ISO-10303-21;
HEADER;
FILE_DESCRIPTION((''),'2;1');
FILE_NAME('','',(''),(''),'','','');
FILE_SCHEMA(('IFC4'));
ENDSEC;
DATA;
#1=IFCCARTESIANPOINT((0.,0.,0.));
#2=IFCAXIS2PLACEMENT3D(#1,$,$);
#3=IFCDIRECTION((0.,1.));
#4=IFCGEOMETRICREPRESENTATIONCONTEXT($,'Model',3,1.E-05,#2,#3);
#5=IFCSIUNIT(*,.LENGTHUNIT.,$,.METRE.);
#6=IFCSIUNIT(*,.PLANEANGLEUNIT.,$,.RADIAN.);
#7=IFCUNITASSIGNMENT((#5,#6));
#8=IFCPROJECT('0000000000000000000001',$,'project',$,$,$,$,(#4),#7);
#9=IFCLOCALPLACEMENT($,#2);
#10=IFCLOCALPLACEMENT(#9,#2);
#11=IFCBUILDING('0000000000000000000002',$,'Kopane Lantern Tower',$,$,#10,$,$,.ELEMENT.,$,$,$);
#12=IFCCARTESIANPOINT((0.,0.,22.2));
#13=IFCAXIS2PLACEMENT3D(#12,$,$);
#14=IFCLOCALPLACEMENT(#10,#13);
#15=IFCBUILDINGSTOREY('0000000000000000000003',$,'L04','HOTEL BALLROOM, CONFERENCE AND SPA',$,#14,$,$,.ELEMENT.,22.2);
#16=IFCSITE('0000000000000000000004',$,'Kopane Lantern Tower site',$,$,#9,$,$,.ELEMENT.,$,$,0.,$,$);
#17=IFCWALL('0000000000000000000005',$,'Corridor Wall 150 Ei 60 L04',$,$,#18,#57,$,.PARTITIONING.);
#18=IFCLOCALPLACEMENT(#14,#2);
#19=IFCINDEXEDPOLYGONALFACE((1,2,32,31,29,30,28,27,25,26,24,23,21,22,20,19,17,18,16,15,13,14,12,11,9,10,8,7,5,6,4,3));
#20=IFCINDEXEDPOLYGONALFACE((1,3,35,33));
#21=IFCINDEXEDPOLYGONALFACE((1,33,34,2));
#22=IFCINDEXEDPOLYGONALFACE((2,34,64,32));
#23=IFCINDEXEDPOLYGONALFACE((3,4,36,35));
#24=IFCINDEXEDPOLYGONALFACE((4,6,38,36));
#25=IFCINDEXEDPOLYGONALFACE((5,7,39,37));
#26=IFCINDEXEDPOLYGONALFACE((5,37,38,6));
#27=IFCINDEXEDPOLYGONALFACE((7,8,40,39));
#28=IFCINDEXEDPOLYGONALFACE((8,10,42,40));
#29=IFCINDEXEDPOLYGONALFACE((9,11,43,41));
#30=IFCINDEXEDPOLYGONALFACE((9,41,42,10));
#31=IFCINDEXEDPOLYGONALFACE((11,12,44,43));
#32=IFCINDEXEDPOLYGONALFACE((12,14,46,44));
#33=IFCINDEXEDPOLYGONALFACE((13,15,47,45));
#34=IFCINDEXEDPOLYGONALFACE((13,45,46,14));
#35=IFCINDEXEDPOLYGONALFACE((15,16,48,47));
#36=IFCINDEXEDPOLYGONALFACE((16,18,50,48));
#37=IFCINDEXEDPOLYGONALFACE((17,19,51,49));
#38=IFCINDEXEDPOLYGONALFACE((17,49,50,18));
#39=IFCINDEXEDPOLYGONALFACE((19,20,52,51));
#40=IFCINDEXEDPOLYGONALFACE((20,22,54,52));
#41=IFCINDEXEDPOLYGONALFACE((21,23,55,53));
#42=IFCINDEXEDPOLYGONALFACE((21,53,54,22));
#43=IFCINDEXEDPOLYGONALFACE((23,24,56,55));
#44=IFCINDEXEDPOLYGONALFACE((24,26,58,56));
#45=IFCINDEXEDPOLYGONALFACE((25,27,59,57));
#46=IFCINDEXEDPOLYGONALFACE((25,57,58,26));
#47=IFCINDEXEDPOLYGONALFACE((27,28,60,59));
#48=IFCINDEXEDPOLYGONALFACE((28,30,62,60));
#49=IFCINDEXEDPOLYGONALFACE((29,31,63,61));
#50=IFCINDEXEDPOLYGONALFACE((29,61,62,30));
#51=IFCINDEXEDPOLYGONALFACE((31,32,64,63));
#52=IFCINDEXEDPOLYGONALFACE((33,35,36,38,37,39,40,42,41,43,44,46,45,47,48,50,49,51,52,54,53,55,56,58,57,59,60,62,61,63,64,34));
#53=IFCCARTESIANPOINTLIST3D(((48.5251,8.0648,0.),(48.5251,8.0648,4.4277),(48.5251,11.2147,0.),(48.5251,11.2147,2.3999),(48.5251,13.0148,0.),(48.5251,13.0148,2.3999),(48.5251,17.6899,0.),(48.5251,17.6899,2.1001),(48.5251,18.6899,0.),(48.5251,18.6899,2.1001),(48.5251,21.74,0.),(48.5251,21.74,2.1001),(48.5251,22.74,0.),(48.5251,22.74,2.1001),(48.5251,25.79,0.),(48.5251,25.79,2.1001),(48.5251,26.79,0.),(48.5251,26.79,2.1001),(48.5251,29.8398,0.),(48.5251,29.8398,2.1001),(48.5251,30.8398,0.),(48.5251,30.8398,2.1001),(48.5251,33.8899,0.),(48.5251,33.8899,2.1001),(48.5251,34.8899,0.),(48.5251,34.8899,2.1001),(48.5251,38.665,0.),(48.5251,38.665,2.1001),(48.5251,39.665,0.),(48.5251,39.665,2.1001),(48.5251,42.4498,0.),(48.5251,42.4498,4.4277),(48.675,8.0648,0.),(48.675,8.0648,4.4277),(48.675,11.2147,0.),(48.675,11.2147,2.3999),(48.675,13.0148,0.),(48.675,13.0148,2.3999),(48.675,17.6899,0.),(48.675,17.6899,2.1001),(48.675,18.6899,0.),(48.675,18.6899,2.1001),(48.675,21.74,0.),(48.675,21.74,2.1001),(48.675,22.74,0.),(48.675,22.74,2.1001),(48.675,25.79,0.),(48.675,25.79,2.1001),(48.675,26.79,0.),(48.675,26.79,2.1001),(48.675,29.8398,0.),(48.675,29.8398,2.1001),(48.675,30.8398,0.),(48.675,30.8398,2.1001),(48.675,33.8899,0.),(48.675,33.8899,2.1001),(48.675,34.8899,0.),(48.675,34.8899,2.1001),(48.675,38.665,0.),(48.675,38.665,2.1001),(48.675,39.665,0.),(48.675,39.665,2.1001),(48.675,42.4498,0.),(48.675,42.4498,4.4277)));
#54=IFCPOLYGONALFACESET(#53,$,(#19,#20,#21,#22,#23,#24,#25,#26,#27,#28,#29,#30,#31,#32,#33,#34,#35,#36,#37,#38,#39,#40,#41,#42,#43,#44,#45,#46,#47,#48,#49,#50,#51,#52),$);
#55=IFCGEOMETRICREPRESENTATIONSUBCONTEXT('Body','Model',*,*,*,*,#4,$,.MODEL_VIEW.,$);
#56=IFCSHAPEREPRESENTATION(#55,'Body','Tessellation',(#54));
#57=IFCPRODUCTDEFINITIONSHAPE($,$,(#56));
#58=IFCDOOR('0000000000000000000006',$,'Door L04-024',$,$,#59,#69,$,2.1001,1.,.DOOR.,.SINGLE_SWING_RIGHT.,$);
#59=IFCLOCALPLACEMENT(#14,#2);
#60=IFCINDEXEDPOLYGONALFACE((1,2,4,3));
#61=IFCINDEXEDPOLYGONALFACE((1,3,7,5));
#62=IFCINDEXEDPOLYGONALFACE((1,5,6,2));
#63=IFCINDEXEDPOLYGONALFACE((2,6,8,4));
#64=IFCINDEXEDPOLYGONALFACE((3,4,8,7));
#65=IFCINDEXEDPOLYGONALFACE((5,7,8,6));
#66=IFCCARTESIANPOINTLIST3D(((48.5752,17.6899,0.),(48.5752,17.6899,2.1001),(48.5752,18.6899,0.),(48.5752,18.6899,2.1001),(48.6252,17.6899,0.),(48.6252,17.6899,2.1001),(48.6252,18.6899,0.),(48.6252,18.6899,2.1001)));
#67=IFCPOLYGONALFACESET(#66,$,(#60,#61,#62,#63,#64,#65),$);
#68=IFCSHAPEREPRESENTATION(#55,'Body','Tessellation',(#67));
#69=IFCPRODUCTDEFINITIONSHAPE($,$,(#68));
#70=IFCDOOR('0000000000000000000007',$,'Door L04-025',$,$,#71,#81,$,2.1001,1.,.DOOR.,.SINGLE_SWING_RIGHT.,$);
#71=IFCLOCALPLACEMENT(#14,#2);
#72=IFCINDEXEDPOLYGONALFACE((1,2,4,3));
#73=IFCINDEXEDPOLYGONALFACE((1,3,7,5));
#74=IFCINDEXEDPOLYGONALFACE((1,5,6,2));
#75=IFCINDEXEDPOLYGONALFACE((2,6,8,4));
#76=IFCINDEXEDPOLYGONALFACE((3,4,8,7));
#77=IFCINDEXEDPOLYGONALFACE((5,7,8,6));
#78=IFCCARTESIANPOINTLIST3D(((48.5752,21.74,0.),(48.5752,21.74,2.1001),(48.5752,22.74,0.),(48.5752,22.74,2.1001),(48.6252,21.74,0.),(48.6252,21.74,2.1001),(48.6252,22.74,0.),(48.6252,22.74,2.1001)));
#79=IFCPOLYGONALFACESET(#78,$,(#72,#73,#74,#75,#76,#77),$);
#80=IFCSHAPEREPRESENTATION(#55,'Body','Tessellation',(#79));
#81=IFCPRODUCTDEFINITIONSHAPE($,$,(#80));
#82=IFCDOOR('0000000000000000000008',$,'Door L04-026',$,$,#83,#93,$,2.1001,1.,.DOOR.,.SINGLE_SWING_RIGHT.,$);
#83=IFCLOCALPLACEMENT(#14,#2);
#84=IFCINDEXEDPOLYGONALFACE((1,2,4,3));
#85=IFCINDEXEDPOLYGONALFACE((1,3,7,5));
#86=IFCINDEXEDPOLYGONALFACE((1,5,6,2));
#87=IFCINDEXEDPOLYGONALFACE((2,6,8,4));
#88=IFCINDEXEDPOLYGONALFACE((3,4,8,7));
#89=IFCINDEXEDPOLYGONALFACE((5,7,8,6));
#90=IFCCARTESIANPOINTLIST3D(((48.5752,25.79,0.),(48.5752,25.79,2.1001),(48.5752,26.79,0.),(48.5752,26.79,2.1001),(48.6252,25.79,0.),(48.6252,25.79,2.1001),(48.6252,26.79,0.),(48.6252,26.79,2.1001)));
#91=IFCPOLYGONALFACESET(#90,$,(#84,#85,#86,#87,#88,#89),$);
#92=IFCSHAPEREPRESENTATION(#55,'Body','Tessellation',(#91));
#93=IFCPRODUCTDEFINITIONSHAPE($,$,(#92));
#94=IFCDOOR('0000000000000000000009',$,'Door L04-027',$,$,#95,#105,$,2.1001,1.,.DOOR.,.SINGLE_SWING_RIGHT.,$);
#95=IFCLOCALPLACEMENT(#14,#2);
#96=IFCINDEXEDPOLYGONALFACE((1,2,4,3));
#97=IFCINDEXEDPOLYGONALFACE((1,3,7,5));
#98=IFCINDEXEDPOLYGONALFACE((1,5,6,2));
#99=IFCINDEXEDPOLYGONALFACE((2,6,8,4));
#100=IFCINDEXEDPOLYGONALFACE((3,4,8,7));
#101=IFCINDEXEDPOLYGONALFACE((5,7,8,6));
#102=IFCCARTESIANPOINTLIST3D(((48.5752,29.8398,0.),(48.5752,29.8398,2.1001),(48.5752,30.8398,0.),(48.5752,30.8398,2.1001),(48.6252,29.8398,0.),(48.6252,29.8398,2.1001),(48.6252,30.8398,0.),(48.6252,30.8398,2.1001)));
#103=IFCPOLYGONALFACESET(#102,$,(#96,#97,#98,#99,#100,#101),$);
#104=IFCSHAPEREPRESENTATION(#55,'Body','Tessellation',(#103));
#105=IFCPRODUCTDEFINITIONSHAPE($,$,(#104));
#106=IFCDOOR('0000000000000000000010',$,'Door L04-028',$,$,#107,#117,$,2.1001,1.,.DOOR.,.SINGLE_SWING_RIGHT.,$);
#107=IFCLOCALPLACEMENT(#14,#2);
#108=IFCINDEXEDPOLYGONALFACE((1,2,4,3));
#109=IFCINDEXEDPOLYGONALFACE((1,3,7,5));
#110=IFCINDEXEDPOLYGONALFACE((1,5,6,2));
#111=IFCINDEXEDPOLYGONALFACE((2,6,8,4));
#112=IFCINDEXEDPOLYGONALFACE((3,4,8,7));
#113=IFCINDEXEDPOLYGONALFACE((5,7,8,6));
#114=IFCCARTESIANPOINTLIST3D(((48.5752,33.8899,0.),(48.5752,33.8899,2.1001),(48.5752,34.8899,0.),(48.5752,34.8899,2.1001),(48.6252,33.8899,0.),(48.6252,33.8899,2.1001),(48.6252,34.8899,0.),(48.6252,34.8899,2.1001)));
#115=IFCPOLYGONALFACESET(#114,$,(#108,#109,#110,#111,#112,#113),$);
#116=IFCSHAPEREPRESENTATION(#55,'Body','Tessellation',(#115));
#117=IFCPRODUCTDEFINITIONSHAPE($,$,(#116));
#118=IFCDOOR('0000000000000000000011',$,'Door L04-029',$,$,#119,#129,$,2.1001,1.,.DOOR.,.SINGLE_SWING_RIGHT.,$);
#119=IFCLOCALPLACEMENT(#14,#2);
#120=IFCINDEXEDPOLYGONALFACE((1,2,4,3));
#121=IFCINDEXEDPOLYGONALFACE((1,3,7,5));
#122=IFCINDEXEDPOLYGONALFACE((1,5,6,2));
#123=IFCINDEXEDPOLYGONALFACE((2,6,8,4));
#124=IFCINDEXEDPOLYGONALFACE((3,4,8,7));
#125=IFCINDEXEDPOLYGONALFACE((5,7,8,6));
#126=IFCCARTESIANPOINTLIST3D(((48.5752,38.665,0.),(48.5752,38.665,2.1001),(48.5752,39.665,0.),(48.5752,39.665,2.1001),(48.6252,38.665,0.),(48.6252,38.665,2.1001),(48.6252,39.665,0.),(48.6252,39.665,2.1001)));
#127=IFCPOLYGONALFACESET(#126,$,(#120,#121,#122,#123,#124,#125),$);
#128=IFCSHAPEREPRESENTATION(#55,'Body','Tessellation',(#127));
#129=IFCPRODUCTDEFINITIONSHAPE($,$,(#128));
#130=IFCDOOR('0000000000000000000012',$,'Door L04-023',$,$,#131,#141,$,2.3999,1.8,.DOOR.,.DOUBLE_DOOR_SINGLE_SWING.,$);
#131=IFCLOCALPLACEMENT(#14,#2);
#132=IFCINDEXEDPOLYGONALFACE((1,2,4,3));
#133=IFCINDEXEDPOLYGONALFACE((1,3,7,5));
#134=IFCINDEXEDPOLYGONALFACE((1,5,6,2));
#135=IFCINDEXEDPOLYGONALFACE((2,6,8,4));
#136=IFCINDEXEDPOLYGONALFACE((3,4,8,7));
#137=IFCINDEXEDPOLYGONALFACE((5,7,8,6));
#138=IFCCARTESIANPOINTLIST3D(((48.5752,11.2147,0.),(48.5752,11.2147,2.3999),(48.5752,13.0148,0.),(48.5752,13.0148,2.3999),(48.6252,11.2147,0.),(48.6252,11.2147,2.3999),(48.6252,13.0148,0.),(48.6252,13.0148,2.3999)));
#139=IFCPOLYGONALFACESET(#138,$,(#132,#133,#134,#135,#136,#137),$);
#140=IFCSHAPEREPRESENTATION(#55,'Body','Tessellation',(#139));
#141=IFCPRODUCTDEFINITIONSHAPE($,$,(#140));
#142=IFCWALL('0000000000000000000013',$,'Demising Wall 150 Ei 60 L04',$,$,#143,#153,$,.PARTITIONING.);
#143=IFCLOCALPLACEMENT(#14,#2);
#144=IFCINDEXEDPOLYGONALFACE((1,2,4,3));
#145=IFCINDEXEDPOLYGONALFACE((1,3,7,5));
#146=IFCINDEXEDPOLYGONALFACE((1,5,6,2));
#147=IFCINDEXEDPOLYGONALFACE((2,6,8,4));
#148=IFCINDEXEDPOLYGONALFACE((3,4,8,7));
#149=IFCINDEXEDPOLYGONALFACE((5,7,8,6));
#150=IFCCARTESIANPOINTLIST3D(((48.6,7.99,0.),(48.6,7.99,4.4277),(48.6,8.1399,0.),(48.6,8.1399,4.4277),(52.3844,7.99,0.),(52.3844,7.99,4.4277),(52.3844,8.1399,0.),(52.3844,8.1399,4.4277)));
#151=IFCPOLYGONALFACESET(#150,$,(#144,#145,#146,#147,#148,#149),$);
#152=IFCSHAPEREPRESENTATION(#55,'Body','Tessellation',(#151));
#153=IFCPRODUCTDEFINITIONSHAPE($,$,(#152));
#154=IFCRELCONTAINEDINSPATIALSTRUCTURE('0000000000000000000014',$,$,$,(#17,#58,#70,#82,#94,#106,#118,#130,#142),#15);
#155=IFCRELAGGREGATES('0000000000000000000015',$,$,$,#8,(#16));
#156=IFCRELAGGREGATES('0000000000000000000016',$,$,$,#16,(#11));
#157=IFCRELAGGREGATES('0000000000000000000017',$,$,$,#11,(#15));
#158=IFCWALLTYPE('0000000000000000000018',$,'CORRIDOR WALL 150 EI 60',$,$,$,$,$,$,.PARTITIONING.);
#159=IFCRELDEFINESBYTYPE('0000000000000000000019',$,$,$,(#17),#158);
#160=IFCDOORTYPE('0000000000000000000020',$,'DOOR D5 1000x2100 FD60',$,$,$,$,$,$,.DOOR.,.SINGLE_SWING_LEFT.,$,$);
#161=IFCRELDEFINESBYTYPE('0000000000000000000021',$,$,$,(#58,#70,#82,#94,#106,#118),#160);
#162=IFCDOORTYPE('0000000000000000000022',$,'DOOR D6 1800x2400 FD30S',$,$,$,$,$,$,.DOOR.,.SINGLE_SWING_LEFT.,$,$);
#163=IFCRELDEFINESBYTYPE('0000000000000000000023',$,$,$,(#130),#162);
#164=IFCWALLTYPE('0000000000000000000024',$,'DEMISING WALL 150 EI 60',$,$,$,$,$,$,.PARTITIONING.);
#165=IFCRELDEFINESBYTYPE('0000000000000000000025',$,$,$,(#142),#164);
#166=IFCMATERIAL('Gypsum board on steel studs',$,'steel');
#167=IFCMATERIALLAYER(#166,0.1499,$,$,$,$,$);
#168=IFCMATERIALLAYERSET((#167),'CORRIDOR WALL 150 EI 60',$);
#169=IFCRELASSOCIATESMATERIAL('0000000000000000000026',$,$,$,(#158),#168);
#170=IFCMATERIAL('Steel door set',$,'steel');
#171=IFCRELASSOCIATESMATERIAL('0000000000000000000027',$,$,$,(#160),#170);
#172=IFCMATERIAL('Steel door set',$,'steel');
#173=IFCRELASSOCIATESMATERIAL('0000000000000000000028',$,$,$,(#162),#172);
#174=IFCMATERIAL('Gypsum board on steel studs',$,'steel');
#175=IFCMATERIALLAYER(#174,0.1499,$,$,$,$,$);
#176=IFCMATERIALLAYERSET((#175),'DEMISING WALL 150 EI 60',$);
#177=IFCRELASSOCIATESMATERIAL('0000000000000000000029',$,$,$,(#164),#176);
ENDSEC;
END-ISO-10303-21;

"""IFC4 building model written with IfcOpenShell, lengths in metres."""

from ifc_helpers import new_model, si_unit, direction, frame, frame_2d, origin, place, context, subcontext, project, spatial, rectangle, extrude, material, layer, layer_set, type_object, element, fill, save


model = new_model("IFC4")

# Units and contexts
model_context = context("Model", 3, precision=1e-05, world=origin(), true_north=direction((0.0, 1.0)))
body_context = subcontext(model_context, "Body", "Model", "MODEL_VIEW")
ifc_project = project(units=[si_unit("LENGTHUNIT", "METRE"), si_unit("PLANEANGLEUNIT", "RADIAN")], contexts=[model_context])

# Site, building, storey
site_placement = place(None, origin())
site = spatial("IfcSite", under=ifc_project, at=site_placement, Name="Kopane Lantern Tower site", CompositionType="ELEMENT", RefElevation=0.0)
building_placement = place(site_placement, origin())
building = spatial("IfcBuilding", under=site, at=building_placement, Name="Kopane Lantern Tower", CompositionType="ELEMENT")
storey_placement = place(building_placement, frame((0.0, 0.0, 22.2)))
storey = spatial("IfcBuildingStorey", under=building, at=storey_placement, Name="L04", Description="HOTEL BALLROOM, CONFERENCE AND SPA", CompositionType="ELEMENT", Elevation=22.2)

# Wall, openings, doors
ifc_material_1 = material(Name="Gypsum board on steel studs", Category="steel")
ifc_layer_1 = layer(ifc_material_1, 0.1499)
ifc_layer_set_1 = layer_set([ifc_layer_1], Name="CORRIDOR WALL 150 EI 60")
wall_type_1 = type_object("IfcWallType", Name="CORRIDOR WALL 150 EI 60", PredefinedType="PARTITIONING", material=ifc_layer_set_1)
wall_1_placement = place(storey_placement, frame((48.6001, 8.0649, 0.0), z_axis=(0.0, 0.0, 1.0), x_axis=(0.0, 1.0, 0.0)))
wall_1 = element("IfcWall", 1, at=wall_1_placement, inside=storey, type_object=wall_type_1, Name="Corridor Wall 150 Ei 60 L04", PredefinedType="PARTITIONING", context=body_context, shape_type="SweptSolid", body=[
    extrude(rectangle(XDim=34.385, YDim=0.1499, at=frame_2d((17.1924, 0.0))), origin(), (0.0, 0.0, 1.0), 4.4277),
])
opening_1_placement = place(wall_1_placement, frame((3.1499, 0.0, 0.0)))
opening_1 = element("IfcOpeningElement", 2, at=opening_1_placement, cuts=wall_1, PredefinedType="OPENING", context=body_context, shape_type="SweptSolid", body=[
    extrude(rectangle(XDim=1.8, YDim=2.3999, at=frame_2d((0.8999, 1.2))), frame((0.0, 0.085, 0.0), z_axis=(0.0, -1.0, 0.0), x_axis=(1.0, 0.0, 0.0)), (0.0, 0.0, 1.0), 0.1699),
])
opening_2_placement = place(wall_1_placement, frame((9.625, 0.0, 0.0)))
opening_2 = element("IfcOpeningElement", 3, at=opening_2_placement, cuts=wall_1, PredefinedType="OPENING", context=body_context, shape_type="SweptSolid", body=[
    extrude(rectangle(XDim=1.0, YDim=2.1001, at=frame_2d((0.5, 1.05))), frame((0.0, 0.085, 0.0), z_axis=(0.0, -1.0, 0.0), x_axis=(1.0, 0.0, 0.0)), (0.0, 0.0, 1.0), 0.1699),
])
opening_3_placement = place(wall_1_placement, frame((13.675, 0.0, 0.0)))
opening_3 = element("IfcOpeningElement", 4, at=opening_3_placement, cuts=wall_1, PredefinedType="OPENING", context=body_context, shape_type="SweptSolid", body=[
    extrude(rectangle(XDim=1.0, YDim=2.1001, at=frame_2d((0.5, 1.05))), frame((0.0, 0.085, 0.0), z_axis=(0.0, -1.0, 0.0), x_axis=(1.0, 0.0, 0.0)), (0.0, 0.0, 1.0), 0.1699),
])
opening_4_placement = place(wall_1_placement, frame((17.7251, 0.0, 0.0)))
opening_4 = element("IfcOpeningElement", 5, at=opening_4_placement, cuts=wall_1, PredefinedType="OPENING", context=body_context, shape_type="SweptSolid", body=[
    extrude(rectangle(XDim=1.0, YDim=2.1001, at=frame_2d((0.5, 1.05))), frame((0.0, 0.085, 0.0), z_axis=(0.0, -1.0, 0.0), x_axis=(1.0, 0.0, 0.0)), (0.0, 0.0, 1.0), 0.1699),
])
opening_5_placement = place(wall_1_placement, frame((21.7749, 0.0, 0.0)))
opening_5 = element("IfcOpeningElement", 6, at=opening_5_placement, cuts=wall_1, PredefinedType="OPENING", context=body_context, shape_type="SweptSolid", body=[
    extrude(rectangle(XDim=1.0, YDim=2.1001, at=frame_2d((0.5, 1.05))), frame((0.0, 0.085, 0.0), z_axis=(0.0, -1.0, 0.0), x_axis=(1.0, 0.0, 0.0)), (0.0, 0.0, 1.0), 0.1699),
])
opening_6_placement = place(wall_1_placement, frame((25.825, 0.0, 0.0)))
opening_6 = element("IfcOpeningElement", 7, at=opening_6_placement, cuts=wall_1, PredefinedType="OPENING", context=body_context, shape_type="SweptSolid", body=[
    extrude(rectangle(XDim=1.0, YDim=2.1001, at=frame_2d((0.5, 1.05))), frame((0.0, 0.085, 0.0), z_axis=(0.0, -1.0, 0.0), x_axis=(1.0, 0.0, 0.0)), (0.0, 0.0, 1.0), 0.1699),
])
opening_7_placement = place(wall_1_placement, frame((30.6001, 0.0, 0.0)))
opening_7 = element("IfcOpeningElement", 8, at=opening_7_placement, cuts=wall_1, PredefinedType="OPENING", context=body_context, shape_type="SweptSolid", body=[
    extrude(rectangle(XDim=1.0, YDim=2.1001, at=frame_2d((0.5, 1.05))), frame((0.0, 0.085, 0.0), z_axis=(0.0, -1.0, 0.0), x_axis=(1.0, 0.0, 0.0)), (0.0, 0.0, 1.0), 0.1699),
])
ifc_material_2 = material(Name="Steel door set", Category="steel")
door_type_1 = type_object("IfcDoorType", Name="DOOR D5 1000x2100 FD60", OperationType="SINGLE_SWING_LEFT", PredefinedType="DOOR", material=ifc_material_2)
door_1_placement = place(opening_2_placement, origin())
door_1 = element("IfcDoor", 9, at=door_1_placement, inside=storey, type_object=door_type_1, Name="Door L04-024", OperationType="SINGLE_SWING_RIGHT", OverallHeight=2.1001, OverallWidth=1.0, PredefinedType="DOOR", context=body_context, shape_type="SweptSolid", body=[
    extrude(rectangle(XDim=1.0, YDim=2.1001, at=frame_2d((0.5, 1.05))), frame((0.0, 0.0249, 0.0), z_axis=(0.0, -1.0, 0.0), x_axis=(1.0, 0.0, 0.0)), (0.0, 0.0, 1.0), 0.05),
])
fill(opening_2, door_1)
door_2_placement = place(opening_3_placement, origin())
door_2 = element("IfcDoor", 10, at=door_2_placement, inside=storey, type_object=door_type_1, Name="Door L04-025", OperationType="SINGLE_SWING_RIGHT", OverallHeight=2.1001, OverallWidth=1.0, PredefinedType="DOOR", context=body_context, shape_type="SweptSolid", body=[
    extrude(rectangle(XDim=1.0, YDim=2.1001, at=frame_2d((0.5, 1.05))), frame((0.0, 0.0249, 0.0), z_axis=(0.0, -1.0, 0.0), x_axis=(1.0, 0.0, 0.0)), (0.0, 0.0, 1.0), 0.05),
])
fill(opening_3, door_2)
door_3_placement = place(opening_4_placement, origin())
door_3 = element("IfcDoor", 11, at=door_3_placement, inside=storey, type_object=door_type_1, Name="Door L04-026", OperationType="SINGLE_SWING_RIGHT", OverallHeight=2.1001, OverallWidth=1.0, PredefinedType="DOOR", context=body_context, shape_type="SweptSolid", body=[
    extrude(rectangle(XDim=1.0, YDim=2.1001, at=frame_2d((0.5, 1.05))), frame((0.0, 0.0249, 0.0), z_axis=(0.0, -1.0, 0.0), x_axis=(1.0, 0.0, 0.0)), (0.0, 0.0, 1.0), 0.05),
])
fill(opening_4, door_3)
door_4_placement = place(opening_5_placement, origin())
door_4 = element("IfcDoor", 12, at=door_4_placement, inside=storey, type_object=door_type_1, Name="Door L04-027", OperationType="SINGLE_SWING_RIGHT", OverallHeight=2.1001, OverallWidth=1.0, PredefinedType="DOOR", context=body_context, shape_type="SweptSolid", body=[
    extrude(rectangle(XDim=1.0, YDim=2.1001, at=frame_2d((0.5, 1.05))), frame((0.0, 0.0249, 0.0), z_axis=(0.0, -1.0, 0.0), x_axis=(1.0, 0.0, 0.0)), (0.0, 0.0, 1.0), 0.05),
])
fill(opening_5, door_4)
door_5_placement = place(opening_6_placement, origin())
door_5 = element("IfcDoor", 13, at=door_5_placement, inside=storey, type_object=door_type_1, Name="Door L04-028", OperationType="SINGLE_SWING_RIGHT", OverallHeight=2.1001, OverallWidth=1.0, PredefinedType="DOOR", context=body_context, shape_type="SweptSolid", body=[
    extrude(rectangle(XDim=1.0, YDim=2.1001, at=frame_2d((0.5, 1.05))), frame((0.0, 0.0249, 0.0), z_axis=(0.0, -1.0, 0.0), x_axis=(1.0, 0.0, 0.0)), (0.0, 0.0, 1.0), 0.05),
])
fill(opening_6, door_5)
door_6_placement = place(opening_7_placement, origin())
door_6 = element("IfcDoor", 14, at=door_6_placement, inside=storey, type_object=door_type_1, Name="Door L04-029", OperationType="SINGLE_SWING_RIGHT", OverallHeight=2.1001, OverallWidth=1.0, PredefinedType="DOOR", context=body_context, shape_type="SweptSolid", body=[
    extrude(rectangle(XDim=1.0, YDim=2.1001, at=frame_2d((0.5, 1.05))), frame((0.0, 0.0249, 0.0), z_axis=(0.0, -1.0, 0.0), x_axis=(1.0, 0.0, 0.0)), (0.0, 0.0, 1.0), 0.05),
])
fill(opening_7, door_6)
ifc_material_3 = material(Name="Steel door set", Category="steel")
door_type_2 = type_object("IfcDoorType", Name="DOOR D6 1800x2400 FD30S", OperationType="SINGLE_SWING_LEFT", PredefinedType="DOOR", material=ifc_material_3)
door_7_placement = place(opening_1_placement, origin())
door_7 = element("IfcDoor", 15, at=door_7_placement, inside=storey, type_object=door_type_2, Name="Door L04-023", OperationType="DOUBLE_DOOR_SINGLE_SWING", OverallHeight=2.3999, OverallWidth=1.8, PredefinedType="DOOR", context=body_context, shape_type="SweptSolid", body=[
    extrude(rectangle(XDim=1.8, YDim=2.3999, at=frame_2d((0.8999, 1.2))), frame((0.0, 0.0249, 0.0), z_axis=(0.0, -1.0, 0.0), x_axis=(1.0, 0.0, 0.0)), (0.0, 0.0, 1.0), 0.05),
])
fill(opening_1, door_7)

# Wall
ifc_material_4 = material(Name="Gypsum board on steel studs", Category="steel")
ifc_layer_2 = layer(ifc_material_4, 0.1499)
ifc_layer_set_2 = layer_set([ifc_layer_2], Name="DEMISING WALL 150 EI 60")
wall_type_2 = type_object("IfcWallType", Name="DEMISING WALL 150 EI 60", PredefinedType="PARTITIONING", material=ifc_layer_set_2)
wall_2_placement = place(storey_placement, frame((48.6001, 8.0649, 0.0), z_axis=(0.0, 0.0, 1.0), x_axis=(1.0, 0.0, 0.0)))
element("IfcWall", 16, at=wall_2_placement, inside=storey, type_object=wall_type_2, Name="Demising Wall 150 Ei 60 L04", PredefinedType="PARTITIONING", context=body_context, shape_type="SweptSolid", body=[
    extrude(rectangle(XDim=3.7844, YDim=0.1499, at=frame_2d((1.8921, 0.0))), origin(), (0.0, 0.0, 1.0), 4.4277),
])

save(model, "model.ifc")
